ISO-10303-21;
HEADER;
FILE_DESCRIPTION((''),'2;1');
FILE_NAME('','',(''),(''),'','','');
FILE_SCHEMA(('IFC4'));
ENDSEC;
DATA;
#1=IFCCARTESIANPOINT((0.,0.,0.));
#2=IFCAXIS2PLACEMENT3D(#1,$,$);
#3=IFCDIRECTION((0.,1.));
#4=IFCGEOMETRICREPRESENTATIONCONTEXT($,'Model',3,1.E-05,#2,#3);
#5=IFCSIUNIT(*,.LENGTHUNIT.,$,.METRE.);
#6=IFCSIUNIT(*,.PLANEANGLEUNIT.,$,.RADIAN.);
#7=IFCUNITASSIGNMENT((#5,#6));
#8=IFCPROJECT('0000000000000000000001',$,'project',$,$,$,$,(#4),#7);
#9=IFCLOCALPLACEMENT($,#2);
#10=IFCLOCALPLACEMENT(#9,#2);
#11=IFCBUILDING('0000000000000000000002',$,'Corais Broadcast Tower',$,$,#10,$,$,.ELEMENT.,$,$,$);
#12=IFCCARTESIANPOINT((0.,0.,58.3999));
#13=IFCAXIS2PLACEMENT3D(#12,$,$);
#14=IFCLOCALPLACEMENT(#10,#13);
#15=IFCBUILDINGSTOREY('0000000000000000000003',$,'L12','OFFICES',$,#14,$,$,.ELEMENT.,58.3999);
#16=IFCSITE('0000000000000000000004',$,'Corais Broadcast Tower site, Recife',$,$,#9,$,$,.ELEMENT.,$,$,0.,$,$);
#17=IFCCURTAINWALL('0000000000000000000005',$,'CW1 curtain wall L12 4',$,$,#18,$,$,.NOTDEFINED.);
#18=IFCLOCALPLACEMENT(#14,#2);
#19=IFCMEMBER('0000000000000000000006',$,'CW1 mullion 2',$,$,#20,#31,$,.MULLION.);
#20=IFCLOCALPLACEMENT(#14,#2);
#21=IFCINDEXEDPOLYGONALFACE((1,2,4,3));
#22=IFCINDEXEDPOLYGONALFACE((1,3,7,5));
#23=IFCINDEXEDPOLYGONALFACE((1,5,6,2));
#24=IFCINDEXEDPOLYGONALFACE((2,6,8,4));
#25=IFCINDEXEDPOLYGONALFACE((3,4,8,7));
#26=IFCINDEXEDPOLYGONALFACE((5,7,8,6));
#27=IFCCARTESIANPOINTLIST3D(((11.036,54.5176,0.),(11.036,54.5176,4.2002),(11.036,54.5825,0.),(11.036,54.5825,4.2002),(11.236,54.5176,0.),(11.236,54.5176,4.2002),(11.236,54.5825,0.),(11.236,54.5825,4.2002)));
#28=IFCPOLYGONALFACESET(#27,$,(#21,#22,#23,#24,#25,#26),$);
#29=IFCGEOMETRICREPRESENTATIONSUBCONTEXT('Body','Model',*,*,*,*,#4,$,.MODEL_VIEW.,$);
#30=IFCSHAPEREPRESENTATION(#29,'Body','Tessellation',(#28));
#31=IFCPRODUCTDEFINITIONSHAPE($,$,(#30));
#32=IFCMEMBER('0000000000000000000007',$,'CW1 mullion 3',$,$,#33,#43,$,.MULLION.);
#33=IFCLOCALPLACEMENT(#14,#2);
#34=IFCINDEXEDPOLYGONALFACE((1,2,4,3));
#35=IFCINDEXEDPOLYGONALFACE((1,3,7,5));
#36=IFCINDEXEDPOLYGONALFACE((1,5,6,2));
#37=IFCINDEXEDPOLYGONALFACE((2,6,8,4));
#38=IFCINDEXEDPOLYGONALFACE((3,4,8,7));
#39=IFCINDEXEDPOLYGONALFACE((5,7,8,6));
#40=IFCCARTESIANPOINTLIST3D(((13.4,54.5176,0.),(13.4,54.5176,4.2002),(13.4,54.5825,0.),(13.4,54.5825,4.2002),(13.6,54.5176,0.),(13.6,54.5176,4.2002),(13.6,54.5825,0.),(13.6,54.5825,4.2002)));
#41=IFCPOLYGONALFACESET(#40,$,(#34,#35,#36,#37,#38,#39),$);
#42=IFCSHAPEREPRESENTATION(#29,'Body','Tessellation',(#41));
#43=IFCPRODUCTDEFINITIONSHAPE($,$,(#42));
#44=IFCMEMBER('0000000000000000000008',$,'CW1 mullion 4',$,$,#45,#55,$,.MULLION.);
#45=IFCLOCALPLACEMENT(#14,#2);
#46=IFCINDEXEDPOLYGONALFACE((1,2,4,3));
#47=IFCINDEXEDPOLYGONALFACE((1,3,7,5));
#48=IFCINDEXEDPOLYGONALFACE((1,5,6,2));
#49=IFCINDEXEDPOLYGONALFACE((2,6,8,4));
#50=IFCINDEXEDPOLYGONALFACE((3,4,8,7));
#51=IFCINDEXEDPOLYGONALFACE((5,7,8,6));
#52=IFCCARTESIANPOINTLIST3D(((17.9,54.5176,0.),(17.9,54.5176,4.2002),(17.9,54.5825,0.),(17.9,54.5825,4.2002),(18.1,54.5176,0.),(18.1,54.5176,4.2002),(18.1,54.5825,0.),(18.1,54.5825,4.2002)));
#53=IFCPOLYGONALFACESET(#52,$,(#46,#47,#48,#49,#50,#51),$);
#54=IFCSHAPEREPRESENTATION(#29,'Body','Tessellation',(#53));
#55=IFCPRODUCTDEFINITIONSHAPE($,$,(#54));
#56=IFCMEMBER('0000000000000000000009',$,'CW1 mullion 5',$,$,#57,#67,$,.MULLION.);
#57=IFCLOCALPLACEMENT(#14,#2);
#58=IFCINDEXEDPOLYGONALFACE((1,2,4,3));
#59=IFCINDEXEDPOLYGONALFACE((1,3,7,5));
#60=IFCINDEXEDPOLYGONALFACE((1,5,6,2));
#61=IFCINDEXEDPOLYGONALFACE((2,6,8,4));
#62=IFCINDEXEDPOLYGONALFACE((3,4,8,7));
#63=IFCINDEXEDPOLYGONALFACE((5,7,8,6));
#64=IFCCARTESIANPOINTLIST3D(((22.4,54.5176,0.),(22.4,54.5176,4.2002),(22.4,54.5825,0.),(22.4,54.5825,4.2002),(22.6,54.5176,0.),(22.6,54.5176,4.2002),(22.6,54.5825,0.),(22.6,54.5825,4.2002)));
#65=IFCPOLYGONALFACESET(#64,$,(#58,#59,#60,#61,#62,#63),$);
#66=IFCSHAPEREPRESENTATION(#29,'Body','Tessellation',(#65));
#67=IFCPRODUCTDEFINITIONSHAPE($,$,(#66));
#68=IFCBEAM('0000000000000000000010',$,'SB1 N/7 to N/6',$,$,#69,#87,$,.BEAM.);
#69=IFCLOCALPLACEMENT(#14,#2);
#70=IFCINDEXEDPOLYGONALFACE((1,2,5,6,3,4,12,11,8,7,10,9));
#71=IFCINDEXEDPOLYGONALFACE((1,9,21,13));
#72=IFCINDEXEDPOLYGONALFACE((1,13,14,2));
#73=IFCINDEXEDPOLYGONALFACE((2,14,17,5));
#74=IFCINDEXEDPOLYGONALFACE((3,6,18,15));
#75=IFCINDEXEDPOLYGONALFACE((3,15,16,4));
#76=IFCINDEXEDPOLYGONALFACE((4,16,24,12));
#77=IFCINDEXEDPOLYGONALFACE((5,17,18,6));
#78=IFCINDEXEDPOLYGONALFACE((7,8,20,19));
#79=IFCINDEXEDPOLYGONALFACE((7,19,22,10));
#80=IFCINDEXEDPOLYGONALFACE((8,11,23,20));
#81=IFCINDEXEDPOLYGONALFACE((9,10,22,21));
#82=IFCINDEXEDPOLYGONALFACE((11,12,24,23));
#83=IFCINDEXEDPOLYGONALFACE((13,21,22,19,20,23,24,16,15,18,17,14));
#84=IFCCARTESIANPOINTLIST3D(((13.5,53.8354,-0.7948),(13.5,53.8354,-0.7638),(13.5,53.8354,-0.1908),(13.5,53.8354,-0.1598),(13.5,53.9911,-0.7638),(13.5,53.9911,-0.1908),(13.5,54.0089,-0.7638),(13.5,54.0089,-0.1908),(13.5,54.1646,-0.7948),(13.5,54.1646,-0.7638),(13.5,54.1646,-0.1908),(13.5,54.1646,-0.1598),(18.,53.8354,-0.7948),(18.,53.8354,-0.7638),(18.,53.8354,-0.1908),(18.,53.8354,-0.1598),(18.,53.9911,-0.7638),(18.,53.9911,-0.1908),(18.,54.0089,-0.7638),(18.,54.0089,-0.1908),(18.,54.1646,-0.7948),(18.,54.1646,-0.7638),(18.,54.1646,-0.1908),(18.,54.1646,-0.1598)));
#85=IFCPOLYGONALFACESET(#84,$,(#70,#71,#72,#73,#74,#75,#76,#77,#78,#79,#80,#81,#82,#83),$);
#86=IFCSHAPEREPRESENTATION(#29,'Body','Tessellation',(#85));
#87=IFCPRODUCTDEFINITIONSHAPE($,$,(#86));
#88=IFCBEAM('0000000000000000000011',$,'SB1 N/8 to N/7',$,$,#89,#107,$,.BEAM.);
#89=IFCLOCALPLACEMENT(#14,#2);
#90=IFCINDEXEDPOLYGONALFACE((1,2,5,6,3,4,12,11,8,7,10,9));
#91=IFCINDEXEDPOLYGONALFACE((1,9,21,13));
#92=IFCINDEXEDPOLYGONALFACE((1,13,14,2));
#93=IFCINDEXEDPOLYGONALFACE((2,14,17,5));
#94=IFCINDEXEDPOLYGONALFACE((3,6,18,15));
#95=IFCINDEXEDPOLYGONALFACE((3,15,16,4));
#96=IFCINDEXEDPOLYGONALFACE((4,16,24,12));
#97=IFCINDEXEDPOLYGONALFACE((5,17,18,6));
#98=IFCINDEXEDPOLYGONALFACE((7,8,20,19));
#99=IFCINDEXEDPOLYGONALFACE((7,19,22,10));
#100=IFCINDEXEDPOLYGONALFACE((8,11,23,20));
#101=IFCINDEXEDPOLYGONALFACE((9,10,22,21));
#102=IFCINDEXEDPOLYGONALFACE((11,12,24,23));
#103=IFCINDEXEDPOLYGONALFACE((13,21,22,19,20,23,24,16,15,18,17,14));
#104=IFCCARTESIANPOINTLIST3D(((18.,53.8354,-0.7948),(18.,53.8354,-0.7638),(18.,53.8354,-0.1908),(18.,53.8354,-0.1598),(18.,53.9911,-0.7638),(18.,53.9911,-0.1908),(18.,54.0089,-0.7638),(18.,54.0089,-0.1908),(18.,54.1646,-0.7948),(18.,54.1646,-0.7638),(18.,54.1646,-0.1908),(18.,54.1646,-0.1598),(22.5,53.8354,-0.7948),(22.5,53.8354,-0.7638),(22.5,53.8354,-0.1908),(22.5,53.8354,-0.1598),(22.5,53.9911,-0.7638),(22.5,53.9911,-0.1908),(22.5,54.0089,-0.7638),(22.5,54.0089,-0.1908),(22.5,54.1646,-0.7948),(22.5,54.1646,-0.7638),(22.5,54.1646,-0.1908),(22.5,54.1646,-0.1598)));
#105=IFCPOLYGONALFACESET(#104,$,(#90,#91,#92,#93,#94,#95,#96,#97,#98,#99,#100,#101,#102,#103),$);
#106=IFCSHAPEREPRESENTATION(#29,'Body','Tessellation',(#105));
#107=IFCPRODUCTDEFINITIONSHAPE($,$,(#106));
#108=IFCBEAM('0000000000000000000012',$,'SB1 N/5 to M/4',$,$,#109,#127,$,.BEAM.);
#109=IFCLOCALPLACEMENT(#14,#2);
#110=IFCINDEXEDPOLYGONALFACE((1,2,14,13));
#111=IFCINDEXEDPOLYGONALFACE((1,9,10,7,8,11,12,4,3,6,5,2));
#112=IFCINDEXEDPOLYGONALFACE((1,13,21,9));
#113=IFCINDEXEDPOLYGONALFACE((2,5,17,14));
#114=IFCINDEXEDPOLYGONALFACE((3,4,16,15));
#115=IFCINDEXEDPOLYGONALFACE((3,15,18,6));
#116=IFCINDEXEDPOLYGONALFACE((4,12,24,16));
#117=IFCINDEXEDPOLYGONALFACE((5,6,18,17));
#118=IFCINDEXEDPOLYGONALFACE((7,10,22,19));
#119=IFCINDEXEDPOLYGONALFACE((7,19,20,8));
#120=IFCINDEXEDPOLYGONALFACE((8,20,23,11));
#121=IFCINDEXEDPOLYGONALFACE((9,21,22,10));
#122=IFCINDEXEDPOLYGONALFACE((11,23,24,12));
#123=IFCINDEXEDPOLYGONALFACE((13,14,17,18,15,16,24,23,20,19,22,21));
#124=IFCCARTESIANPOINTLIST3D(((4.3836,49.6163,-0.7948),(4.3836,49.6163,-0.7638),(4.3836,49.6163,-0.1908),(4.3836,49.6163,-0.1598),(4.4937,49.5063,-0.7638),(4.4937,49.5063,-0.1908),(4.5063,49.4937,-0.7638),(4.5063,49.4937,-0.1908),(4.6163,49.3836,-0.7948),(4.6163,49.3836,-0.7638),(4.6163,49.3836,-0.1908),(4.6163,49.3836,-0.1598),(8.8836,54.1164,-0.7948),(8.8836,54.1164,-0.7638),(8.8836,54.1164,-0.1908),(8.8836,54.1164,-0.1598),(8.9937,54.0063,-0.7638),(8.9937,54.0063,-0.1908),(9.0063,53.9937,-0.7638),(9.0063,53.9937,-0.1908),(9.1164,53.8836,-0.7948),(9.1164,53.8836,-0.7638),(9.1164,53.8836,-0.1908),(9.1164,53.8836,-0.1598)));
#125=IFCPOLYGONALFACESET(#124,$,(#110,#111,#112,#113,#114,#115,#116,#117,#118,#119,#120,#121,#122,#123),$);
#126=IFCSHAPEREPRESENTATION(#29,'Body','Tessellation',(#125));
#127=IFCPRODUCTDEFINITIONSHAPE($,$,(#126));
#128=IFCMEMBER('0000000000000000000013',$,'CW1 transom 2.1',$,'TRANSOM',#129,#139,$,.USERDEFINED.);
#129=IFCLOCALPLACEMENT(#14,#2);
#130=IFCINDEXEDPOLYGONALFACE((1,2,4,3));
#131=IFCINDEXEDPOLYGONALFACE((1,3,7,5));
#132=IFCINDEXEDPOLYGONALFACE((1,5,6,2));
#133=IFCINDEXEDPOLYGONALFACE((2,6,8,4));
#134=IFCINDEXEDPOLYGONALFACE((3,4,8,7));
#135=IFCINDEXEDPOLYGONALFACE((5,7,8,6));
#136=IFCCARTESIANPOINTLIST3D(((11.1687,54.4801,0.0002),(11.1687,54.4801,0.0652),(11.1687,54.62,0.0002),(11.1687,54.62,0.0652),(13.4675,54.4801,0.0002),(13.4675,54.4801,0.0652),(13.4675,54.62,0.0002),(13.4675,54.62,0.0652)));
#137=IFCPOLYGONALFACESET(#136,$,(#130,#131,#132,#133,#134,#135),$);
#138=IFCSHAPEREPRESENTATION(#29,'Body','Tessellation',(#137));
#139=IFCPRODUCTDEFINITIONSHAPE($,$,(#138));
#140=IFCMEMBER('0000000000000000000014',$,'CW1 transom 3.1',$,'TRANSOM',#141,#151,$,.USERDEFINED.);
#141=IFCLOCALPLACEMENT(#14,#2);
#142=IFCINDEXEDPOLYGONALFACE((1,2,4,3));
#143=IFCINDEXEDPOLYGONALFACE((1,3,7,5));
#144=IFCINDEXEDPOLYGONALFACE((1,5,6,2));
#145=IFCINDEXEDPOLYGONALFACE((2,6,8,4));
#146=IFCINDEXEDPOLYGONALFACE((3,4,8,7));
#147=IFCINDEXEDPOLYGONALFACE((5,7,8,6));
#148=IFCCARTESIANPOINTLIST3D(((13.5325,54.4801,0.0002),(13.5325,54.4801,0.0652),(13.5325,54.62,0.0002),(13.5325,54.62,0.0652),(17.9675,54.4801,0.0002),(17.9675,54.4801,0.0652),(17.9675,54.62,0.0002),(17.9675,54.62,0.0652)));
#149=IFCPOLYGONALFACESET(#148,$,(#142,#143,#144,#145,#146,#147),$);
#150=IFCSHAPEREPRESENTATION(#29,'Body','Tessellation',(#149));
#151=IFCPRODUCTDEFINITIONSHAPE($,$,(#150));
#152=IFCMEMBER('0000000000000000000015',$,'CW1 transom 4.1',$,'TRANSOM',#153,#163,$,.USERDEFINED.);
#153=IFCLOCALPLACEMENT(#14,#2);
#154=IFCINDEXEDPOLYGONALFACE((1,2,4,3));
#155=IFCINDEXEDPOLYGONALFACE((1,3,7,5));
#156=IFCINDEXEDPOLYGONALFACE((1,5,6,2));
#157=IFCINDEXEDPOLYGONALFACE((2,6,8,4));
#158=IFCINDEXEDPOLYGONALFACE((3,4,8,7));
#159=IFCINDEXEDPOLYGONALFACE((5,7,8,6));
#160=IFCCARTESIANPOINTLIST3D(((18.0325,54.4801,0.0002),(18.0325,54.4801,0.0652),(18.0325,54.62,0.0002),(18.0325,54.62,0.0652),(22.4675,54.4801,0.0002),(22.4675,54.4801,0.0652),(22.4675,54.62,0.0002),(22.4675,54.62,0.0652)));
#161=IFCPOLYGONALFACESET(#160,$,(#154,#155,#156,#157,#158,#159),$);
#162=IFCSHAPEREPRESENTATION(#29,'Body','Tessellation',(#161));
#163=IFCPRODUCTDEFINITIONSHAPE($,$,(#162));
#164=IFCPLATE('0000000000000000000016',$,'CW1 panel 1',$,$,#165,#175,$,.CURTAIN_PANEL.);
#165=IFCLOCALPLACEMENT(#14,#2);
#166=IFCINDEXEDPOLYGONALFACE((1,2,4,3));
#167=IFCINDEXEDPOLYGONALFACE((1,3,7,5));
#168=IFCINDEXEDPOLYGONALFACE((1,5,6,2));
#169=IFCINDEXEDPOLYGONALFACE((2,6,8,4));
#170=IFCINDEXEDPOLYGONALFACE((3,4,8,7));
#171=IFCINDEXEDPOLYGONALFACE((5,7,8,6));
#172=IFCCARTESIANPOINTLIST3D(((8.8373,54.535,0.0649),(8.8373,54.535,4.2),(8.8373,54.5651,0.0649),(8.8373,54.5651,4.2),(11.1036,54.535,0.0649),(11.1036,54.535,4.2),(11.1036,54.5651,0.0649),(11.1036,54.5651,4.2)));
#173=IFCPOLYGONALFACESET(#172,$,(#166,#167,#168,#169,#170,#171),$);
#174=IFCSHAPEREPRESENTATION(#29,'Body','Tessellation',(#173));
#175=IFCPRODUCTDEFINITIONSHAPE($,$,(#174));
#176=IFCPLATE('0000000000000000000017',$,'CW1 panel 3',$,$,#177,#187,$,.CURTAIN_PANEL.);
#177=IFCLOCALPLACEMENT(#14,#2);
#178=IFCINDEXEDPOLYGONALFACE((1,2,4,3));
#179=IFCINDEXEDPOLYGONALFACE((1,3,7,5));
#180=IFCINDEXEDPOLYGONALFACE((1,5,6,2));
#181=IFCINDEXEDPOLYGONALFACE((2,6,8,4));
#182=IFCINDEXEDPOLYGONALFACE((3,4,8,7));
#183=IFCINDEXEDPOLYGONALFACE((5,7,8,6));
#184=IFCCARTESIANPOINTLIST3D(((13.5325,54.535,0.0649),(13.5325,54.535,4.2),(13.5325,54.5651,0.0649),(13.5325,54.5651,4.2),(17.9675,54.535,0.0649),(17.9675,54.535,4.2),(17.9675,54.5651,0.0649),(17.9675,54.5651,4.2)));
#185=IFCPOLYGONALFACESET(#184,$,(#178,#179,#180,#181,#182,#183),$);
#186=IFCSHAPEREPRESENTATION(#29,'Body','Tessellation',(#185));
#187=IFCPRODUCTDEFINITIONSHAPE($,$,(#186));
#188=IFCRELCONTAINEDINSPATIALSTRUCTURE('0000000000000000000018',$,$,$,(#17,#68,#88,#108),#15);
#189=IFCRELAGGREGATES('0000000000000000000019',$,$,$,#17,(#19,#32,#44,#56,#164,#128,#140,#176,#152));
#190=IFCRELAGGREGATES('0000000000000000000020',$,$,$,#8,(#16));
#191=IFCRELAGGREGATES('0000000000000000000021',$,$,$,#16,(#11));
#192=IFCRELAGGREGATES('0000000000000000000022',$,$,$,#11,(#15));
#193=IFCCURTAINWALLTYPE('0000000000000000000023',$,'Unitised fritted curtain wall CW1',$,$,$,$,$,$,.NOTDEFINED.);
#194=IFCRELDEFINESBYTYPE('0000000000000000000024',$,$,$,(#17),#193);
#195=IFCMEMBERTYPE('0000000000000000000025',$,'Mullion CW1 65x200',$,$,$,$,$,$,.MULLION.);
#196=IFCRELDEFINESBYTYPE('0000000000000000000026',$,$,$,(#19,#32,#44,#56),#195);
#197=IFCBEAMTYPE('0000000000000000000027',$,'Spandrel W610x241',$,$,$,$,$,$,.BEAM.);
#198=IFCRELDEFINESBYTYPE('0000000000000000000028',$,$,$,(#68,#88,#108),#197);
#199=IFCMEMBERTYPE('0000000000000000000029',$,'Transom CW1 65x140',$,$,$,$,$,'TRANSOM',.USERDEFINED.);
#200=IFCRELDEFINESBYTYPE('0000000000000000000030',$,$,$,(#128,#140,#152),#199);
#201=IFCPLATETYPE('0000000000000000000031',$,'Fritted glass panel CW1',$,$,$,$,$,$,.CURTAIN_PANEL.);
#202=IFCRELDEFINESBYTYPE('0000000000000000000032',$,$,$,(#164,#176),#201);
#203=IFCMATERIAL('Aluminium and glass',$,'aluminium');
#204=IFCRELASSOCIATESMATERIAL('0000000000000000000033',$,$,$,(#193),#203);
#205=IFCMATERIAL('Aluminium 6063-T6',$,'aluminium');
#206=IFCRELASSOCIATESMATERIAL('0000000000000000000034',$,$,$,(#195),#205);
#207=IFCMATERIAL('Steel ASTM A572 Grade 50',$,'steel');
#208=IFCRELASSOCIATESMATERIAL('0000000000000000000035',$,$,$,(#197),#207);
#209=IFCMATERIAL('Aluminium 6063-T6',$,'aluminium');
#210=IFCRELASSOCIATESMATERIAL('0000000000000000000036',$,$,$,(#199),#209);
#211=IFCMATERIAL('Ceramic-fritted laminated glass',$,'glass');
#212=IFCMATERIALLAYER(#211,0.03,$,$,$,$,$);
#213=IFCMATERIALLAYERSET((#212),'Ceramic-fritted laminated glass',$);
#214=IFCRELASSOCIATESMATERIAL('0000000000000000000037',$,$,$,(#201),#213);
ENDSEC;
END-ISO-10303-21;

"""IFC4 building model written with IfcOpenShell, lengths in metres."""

from ifc_helpers import new_model, si_unit, direction, frame, origin, origin_2d, place, context, subcontext, project, spatial, rectangle, i_section, extrude, material, layer, layer_set, material_profile, profile_set, type_object, element, aggregate, save


model = new_model("IFC4")

# Units and contexts
model_context = context("Model", 3, precision=1e-05, world=origin(), true_north=direction((0.0, 1.0)))
body_context = subcontext(model_context, "Body", "Model", "MODEL_VIEW")
ifc_project = project(units=[si_unit("LENGTHUNIT", "METRE"), si_unit("PLANEANGLEUNIT", "RADIAN")], contexts=[model_context])

# Site, building, storey
site_placement = place(None, origin())
site = spatial("IfcSite", under=ifc_project, at=site_placement, Name="Corais Broadcast Tower site, Recife", CompositionType="ELEMENT", RefElevation=0.0)
building_placement = place(site_placement, origin())
building = spatial("IfcBuilding", under=site, at=building_placement, Name="Corais Broadcast Tower", CompositionType="ELEMENT")
storey_placement = place(building_placement, frame((0.0, 0.0, 58.3999)))
storey = spatial("IfcBuildingStorey", under=building, at=storey_placement, Name="L12", Description="OFFICES", CompositionType="ELEMENT", Elevation=58.3999)

# Curtain wall, members
ifc_material_1 = material(Name="Aluminium and glass", Category="aluminium")
curtain_wall_type = type_object("IfcCurtainWallType", Name="Unitised fritted curtain wall CW1", PredefinedType="NOTDEFINED", material=ifc_material_1)
curtain_wall_placement = place(storey_placement, origin())
curtain_wall = element("IfcCurtainWall", 1, at=curtain_wall_placement, inside=storey, type_object=curtain_wall_type, Name="CW1 curtain wall L12 4", PredefinedType="NOTDEFINED")
ifc_material_2 = material(Name="Aluminium 6063-T6", Category="aluminium")
ifc_material_profile_1 = material_profile(ifc_material_2, rectangle(XDim=0.0649, YDim=0.2, at=origin_2d()), Name="Mullion CW1 65x200")
ifc_profile_set_1 = profile_set([ifc_material_profile_1], Name="Aluminium 6063-T6")
member_type_1 = type_object("IfcMemberType", Name="Mullion CW1 65x200", PredefinedType="MULLION", material=ifc_profile_set_1)
member_1_placement = place(storey_placement, frame((11.136, 54.55, 0.0), z_axis=(0.0, 0.0, 1.0), x_axis=(0.0, 1.0, 0.0)))
member_1 = element("IfcMember", 2, at=member_1_placement, type_object=member_type_1, Name="CW1 mullion 2", PredefinedType="MULLION", context=body_context, shape_type="SweptSolid", body=[
    extrude(rectangle(XDim=0.0649, YDim=0.2, at=origin_2d()), origin(), (0.0, 0.0, 1.0), 4.2002),
])
member_2_placement = place(storey_placement, frame((13.5, 54.55, 0.0), z_axis=(0.0, 0.0, 1.0), x_axis=(0.0, 1.0, 0.0)))
member_2 = element("IfcMember", 3, at=member_2_placement, type_object=member_type_1, Name="CW1 mullion 3", PredefinedType="MULLION", context=body_context, shape_type="SweptSolid", body=[
    extrude(rectangle(XDim=0.0649, YDim=0.2, at=origin_2d()), origin(), (0.0, 0.0, 1.0), 4.2002),
])
member_3_placement = place(storey_placement, frame((18.0, 54.55, 0.0), z_axis=(0.0, 0.0, 1.0), x_axis=(0.0, 1.0, 0.0)))
member_3 = element("IfcMember", 4, at=member_3_placement, type_object=member_type_1, Name="CW1 mullion 4", PredefinedType="MULLION", context=body_context, shape_type="SweptSolid", body=[
    extrude(rectangle(XDim=0.0649, YDim=0.2, at=origin_2d()), origin(), (0.0, 0.0, 1.0), 4.2002),
])
member_4_placement = place(storey_placement, frame((22.5, 54.55, 0.0), z_axis=(0.0, 0.0, 1.0), x_axis=(0.0, 1.0, 0.0)))
member_4 = element("IfcMember", 5, at=member_4_placement, type_object=member_type_1, Name="CW1 mullion 5", PredefinedType="MULLION", context=body_context, shape_type="SweptSolid", body=[
    extrude(rectangle(XDim=0.0649, YDim=0.2, at=origin_2d()), origin(), (0.0, 0.0, 1.0), 4.2002),
])

# Beams
ifc_material_3 = material(Name="Steel ASTM A572 Grade 50", Category="steel")
ifc_material_profile_2 = material_profile(ifc_material_3, i_section(OverallWidth=0.3291, OverallDepth=0.635, WebThickness=0.0178, FlangeThickness=0.031, at=origin_2d()), Name="W610x241")
ifc_profile_set_2 = profile_set([ifc_material_profile_2], Name="Steel ASTM A572 Grade 50")
beam_type_1 = type_object("IfcBeamType", Name="Spandrel W610x241", PredefinedType="BEAM", material=ifc_profile_set_2)
for number, where, z_axis, x_axis, name in (
    (6, (18.0, 54.0, -0.4773), (-1.0, 0.0, 0.0), (0.0, -1.0, 0.0), "SB1 N/7 to N/6"),
    (7, (22.5, 54.0, -0.4773), (-1.0, 0.0, 0.0), (0.0, -1.0, 0.0), "SB1 N/8 to N/7"),
):
    element("IfcBeam", number, at=place(storey_placement, frame(where, z_axis=z_axis, x_axis=x_axis)), inside=storey, type_object=beam_type_1, Name=name, PredefinedType="BEAM", context=body_context, shape_type="SweptSolid", body=[
        extrude(i_section(OverallWidth=0.3291, OverallDepth=0.635, WebThickness=0.0178, FlangeThickness=0.031, at=origin_2d()), origin(), (0.0, 0.0, 1.0), 4.5),
    ])
beam_1_placement = place(storey_placement, frame((9.0, 54.0, -0.4773), z_axis=(-0.707107, -0.707107, 0.0), x_axis=(0.707107, -0.707107, 0.0)))
element("IfcBeam", 8, at=beam_1_placement, inside=storey, type_object=beam_type_1, Name="SB1 N/5 to M/4", PredefinedType="BEAM", context=body_context, shape_type="SweptSolid", body=[
    extrude(i_section(OverallWidth=0.3291, OverallDepth=0.635, WebThickness=0.0178, FlangeThickness=0.031, at=origin_2d()), origin(), (0.0, 0.0, 1.0), 6.364),
])

# Members
ifc_material_4 = material(Name="Aluminium 6063-T6", Category="aluminium")
ifc_material_profile_3 = material_profile(ifc_material_4, rectangle(XDim=0.1399, YDim=0.0649, at=origin_2d()), Name="Transom CW1 65x140")
ifc_profile_set_3 = profile_set([ifc_material_profile_3], Name="Aluminium 6063-T6")
member_type_2 = type_object("IfcMemberType", Name="Transom CW1 65x140", ElementType="TRANSOM", PredefinedType="USERDEFINED", material=ifc_profile_set_3)
member_5_placement = place(storey_placement, frame((11.1687, 54.55, 0.0327), z_axis=(1.0, 0.0, 0.0), x_axis=(0.0, 1.0, 0.0)))
member_5 = element("IfcMember", 9, at=member_5_placement, type_object=member_type_2, Name="CW1 transom 2.1", ObjectType="TRANSOM", PredefinedType="USERDEFINED", context=body_context, shape_type="SweptSolid", body=[
    extrude(rectangle(XDim=0.1399, YDim=0.0649, at=origin_2d()), origin(), (0.0, 0.0, 1.0), 2.2988),
])
member_6_placement = place(storey_placement, frame((13.5325, 54.55, 0.0327), z_axis=(1.0, 0.0, 0.0), x_axis=(0.0, 1.0, 0.0)))
member_6 = element("IfcMember", 10, at=member_6_placement, type_object=member_type_2, Name="CW1 transom 3.1", ObjectType="TRANSOM", PredefinedType="USERDEFINED", context=body_context, shape_type="SweptSolid", body=[
    extrude(rectangle(XDim=0.1399, YDim=0.0649, at=origin_2d()), origin(), (0.0, 0.0, 1.0), 4.4351),
])
member_7_placement = place(storey_placement, frame((18.0325, 54.55, 0.0327), z_axis=(1.0, 0.0, 0.0), x_axis=(0.0, 1.0, 0.0)))
member_7 = element("IfcMember", 11, at=member_7_placement, type_object=member_type_2, Name="CW1 transom 4.1", ObjectType="TRANSOM", PredefinedType="USERDEFINED", context=body_context, shape_type="SweptSolid", body=[
    extrude(rectangle(XDim=0.1399, YDim=0.0649, at=origin_2d()), origin(), (0.0, 0.0, 1.0), 4.4351),
])

# Plates
ifc_material_5 = material(Name="Ceramic-fritted laminated glass", Category="glass")
ifc_layer_1 = layer(ifc_material_5, 0.03)
ifc_layer_set_1 = layer_set([ifc_layer_1], Name="Ceramic-fritted laminated glass")
plate_type_1 = type_object("IfcPlateType", Name="Fritted glass panel CW1", PredefinedType="CURTAIN_PANEL", material=ifc_layer_set_1)
plate_1_placement = place(storey_placement, frame((9.9705, 54.55, 0.0649), z_axis=(0.0, 0.0, 1.0), x_axis=(1.0, 0.0, 0.0)))
plate_1 = element("IfcPlate", 12, at=plate_1_placement, type_object=plate_type_1, Name="CW1 panel 1", PredefinedType="CURTAIN_PANEL", context=body_context, shape_type="SweptSolid", body=[
    extrude(rectangle(XDim=2.2664, YDim=0.03, at=origin_2d()), origin(), (0.0, 0.0, 1.0), 4.135),
])
plate_2_placement = place(storey_placement, frame((15.75, 54.55, 0.0649), z_axis=(0.0, 0.0, 1.0), x_axis=(1.0, 0.0, 0.0)))
plate_2 = element("IfcPlate", 13, at=plate_2_placement, type_object=plate_type_1, Name="CW1 panel 3", PredefinedType="CURTAIN_PANEL", context=body_context, shape_type="SweptSolid", body=[
    extrude(rectangle(XDim=4.4351, YDim=0.03, at=origin_2d()), origin(), (0.0, 0.0, 1.0), 4.135),
])
aggregate(curtain_wall, [member_1, member_2, member_3, member_4, plate_1, member_5, member_6, plate_2, member_7])

save(model, "model.ifc")
